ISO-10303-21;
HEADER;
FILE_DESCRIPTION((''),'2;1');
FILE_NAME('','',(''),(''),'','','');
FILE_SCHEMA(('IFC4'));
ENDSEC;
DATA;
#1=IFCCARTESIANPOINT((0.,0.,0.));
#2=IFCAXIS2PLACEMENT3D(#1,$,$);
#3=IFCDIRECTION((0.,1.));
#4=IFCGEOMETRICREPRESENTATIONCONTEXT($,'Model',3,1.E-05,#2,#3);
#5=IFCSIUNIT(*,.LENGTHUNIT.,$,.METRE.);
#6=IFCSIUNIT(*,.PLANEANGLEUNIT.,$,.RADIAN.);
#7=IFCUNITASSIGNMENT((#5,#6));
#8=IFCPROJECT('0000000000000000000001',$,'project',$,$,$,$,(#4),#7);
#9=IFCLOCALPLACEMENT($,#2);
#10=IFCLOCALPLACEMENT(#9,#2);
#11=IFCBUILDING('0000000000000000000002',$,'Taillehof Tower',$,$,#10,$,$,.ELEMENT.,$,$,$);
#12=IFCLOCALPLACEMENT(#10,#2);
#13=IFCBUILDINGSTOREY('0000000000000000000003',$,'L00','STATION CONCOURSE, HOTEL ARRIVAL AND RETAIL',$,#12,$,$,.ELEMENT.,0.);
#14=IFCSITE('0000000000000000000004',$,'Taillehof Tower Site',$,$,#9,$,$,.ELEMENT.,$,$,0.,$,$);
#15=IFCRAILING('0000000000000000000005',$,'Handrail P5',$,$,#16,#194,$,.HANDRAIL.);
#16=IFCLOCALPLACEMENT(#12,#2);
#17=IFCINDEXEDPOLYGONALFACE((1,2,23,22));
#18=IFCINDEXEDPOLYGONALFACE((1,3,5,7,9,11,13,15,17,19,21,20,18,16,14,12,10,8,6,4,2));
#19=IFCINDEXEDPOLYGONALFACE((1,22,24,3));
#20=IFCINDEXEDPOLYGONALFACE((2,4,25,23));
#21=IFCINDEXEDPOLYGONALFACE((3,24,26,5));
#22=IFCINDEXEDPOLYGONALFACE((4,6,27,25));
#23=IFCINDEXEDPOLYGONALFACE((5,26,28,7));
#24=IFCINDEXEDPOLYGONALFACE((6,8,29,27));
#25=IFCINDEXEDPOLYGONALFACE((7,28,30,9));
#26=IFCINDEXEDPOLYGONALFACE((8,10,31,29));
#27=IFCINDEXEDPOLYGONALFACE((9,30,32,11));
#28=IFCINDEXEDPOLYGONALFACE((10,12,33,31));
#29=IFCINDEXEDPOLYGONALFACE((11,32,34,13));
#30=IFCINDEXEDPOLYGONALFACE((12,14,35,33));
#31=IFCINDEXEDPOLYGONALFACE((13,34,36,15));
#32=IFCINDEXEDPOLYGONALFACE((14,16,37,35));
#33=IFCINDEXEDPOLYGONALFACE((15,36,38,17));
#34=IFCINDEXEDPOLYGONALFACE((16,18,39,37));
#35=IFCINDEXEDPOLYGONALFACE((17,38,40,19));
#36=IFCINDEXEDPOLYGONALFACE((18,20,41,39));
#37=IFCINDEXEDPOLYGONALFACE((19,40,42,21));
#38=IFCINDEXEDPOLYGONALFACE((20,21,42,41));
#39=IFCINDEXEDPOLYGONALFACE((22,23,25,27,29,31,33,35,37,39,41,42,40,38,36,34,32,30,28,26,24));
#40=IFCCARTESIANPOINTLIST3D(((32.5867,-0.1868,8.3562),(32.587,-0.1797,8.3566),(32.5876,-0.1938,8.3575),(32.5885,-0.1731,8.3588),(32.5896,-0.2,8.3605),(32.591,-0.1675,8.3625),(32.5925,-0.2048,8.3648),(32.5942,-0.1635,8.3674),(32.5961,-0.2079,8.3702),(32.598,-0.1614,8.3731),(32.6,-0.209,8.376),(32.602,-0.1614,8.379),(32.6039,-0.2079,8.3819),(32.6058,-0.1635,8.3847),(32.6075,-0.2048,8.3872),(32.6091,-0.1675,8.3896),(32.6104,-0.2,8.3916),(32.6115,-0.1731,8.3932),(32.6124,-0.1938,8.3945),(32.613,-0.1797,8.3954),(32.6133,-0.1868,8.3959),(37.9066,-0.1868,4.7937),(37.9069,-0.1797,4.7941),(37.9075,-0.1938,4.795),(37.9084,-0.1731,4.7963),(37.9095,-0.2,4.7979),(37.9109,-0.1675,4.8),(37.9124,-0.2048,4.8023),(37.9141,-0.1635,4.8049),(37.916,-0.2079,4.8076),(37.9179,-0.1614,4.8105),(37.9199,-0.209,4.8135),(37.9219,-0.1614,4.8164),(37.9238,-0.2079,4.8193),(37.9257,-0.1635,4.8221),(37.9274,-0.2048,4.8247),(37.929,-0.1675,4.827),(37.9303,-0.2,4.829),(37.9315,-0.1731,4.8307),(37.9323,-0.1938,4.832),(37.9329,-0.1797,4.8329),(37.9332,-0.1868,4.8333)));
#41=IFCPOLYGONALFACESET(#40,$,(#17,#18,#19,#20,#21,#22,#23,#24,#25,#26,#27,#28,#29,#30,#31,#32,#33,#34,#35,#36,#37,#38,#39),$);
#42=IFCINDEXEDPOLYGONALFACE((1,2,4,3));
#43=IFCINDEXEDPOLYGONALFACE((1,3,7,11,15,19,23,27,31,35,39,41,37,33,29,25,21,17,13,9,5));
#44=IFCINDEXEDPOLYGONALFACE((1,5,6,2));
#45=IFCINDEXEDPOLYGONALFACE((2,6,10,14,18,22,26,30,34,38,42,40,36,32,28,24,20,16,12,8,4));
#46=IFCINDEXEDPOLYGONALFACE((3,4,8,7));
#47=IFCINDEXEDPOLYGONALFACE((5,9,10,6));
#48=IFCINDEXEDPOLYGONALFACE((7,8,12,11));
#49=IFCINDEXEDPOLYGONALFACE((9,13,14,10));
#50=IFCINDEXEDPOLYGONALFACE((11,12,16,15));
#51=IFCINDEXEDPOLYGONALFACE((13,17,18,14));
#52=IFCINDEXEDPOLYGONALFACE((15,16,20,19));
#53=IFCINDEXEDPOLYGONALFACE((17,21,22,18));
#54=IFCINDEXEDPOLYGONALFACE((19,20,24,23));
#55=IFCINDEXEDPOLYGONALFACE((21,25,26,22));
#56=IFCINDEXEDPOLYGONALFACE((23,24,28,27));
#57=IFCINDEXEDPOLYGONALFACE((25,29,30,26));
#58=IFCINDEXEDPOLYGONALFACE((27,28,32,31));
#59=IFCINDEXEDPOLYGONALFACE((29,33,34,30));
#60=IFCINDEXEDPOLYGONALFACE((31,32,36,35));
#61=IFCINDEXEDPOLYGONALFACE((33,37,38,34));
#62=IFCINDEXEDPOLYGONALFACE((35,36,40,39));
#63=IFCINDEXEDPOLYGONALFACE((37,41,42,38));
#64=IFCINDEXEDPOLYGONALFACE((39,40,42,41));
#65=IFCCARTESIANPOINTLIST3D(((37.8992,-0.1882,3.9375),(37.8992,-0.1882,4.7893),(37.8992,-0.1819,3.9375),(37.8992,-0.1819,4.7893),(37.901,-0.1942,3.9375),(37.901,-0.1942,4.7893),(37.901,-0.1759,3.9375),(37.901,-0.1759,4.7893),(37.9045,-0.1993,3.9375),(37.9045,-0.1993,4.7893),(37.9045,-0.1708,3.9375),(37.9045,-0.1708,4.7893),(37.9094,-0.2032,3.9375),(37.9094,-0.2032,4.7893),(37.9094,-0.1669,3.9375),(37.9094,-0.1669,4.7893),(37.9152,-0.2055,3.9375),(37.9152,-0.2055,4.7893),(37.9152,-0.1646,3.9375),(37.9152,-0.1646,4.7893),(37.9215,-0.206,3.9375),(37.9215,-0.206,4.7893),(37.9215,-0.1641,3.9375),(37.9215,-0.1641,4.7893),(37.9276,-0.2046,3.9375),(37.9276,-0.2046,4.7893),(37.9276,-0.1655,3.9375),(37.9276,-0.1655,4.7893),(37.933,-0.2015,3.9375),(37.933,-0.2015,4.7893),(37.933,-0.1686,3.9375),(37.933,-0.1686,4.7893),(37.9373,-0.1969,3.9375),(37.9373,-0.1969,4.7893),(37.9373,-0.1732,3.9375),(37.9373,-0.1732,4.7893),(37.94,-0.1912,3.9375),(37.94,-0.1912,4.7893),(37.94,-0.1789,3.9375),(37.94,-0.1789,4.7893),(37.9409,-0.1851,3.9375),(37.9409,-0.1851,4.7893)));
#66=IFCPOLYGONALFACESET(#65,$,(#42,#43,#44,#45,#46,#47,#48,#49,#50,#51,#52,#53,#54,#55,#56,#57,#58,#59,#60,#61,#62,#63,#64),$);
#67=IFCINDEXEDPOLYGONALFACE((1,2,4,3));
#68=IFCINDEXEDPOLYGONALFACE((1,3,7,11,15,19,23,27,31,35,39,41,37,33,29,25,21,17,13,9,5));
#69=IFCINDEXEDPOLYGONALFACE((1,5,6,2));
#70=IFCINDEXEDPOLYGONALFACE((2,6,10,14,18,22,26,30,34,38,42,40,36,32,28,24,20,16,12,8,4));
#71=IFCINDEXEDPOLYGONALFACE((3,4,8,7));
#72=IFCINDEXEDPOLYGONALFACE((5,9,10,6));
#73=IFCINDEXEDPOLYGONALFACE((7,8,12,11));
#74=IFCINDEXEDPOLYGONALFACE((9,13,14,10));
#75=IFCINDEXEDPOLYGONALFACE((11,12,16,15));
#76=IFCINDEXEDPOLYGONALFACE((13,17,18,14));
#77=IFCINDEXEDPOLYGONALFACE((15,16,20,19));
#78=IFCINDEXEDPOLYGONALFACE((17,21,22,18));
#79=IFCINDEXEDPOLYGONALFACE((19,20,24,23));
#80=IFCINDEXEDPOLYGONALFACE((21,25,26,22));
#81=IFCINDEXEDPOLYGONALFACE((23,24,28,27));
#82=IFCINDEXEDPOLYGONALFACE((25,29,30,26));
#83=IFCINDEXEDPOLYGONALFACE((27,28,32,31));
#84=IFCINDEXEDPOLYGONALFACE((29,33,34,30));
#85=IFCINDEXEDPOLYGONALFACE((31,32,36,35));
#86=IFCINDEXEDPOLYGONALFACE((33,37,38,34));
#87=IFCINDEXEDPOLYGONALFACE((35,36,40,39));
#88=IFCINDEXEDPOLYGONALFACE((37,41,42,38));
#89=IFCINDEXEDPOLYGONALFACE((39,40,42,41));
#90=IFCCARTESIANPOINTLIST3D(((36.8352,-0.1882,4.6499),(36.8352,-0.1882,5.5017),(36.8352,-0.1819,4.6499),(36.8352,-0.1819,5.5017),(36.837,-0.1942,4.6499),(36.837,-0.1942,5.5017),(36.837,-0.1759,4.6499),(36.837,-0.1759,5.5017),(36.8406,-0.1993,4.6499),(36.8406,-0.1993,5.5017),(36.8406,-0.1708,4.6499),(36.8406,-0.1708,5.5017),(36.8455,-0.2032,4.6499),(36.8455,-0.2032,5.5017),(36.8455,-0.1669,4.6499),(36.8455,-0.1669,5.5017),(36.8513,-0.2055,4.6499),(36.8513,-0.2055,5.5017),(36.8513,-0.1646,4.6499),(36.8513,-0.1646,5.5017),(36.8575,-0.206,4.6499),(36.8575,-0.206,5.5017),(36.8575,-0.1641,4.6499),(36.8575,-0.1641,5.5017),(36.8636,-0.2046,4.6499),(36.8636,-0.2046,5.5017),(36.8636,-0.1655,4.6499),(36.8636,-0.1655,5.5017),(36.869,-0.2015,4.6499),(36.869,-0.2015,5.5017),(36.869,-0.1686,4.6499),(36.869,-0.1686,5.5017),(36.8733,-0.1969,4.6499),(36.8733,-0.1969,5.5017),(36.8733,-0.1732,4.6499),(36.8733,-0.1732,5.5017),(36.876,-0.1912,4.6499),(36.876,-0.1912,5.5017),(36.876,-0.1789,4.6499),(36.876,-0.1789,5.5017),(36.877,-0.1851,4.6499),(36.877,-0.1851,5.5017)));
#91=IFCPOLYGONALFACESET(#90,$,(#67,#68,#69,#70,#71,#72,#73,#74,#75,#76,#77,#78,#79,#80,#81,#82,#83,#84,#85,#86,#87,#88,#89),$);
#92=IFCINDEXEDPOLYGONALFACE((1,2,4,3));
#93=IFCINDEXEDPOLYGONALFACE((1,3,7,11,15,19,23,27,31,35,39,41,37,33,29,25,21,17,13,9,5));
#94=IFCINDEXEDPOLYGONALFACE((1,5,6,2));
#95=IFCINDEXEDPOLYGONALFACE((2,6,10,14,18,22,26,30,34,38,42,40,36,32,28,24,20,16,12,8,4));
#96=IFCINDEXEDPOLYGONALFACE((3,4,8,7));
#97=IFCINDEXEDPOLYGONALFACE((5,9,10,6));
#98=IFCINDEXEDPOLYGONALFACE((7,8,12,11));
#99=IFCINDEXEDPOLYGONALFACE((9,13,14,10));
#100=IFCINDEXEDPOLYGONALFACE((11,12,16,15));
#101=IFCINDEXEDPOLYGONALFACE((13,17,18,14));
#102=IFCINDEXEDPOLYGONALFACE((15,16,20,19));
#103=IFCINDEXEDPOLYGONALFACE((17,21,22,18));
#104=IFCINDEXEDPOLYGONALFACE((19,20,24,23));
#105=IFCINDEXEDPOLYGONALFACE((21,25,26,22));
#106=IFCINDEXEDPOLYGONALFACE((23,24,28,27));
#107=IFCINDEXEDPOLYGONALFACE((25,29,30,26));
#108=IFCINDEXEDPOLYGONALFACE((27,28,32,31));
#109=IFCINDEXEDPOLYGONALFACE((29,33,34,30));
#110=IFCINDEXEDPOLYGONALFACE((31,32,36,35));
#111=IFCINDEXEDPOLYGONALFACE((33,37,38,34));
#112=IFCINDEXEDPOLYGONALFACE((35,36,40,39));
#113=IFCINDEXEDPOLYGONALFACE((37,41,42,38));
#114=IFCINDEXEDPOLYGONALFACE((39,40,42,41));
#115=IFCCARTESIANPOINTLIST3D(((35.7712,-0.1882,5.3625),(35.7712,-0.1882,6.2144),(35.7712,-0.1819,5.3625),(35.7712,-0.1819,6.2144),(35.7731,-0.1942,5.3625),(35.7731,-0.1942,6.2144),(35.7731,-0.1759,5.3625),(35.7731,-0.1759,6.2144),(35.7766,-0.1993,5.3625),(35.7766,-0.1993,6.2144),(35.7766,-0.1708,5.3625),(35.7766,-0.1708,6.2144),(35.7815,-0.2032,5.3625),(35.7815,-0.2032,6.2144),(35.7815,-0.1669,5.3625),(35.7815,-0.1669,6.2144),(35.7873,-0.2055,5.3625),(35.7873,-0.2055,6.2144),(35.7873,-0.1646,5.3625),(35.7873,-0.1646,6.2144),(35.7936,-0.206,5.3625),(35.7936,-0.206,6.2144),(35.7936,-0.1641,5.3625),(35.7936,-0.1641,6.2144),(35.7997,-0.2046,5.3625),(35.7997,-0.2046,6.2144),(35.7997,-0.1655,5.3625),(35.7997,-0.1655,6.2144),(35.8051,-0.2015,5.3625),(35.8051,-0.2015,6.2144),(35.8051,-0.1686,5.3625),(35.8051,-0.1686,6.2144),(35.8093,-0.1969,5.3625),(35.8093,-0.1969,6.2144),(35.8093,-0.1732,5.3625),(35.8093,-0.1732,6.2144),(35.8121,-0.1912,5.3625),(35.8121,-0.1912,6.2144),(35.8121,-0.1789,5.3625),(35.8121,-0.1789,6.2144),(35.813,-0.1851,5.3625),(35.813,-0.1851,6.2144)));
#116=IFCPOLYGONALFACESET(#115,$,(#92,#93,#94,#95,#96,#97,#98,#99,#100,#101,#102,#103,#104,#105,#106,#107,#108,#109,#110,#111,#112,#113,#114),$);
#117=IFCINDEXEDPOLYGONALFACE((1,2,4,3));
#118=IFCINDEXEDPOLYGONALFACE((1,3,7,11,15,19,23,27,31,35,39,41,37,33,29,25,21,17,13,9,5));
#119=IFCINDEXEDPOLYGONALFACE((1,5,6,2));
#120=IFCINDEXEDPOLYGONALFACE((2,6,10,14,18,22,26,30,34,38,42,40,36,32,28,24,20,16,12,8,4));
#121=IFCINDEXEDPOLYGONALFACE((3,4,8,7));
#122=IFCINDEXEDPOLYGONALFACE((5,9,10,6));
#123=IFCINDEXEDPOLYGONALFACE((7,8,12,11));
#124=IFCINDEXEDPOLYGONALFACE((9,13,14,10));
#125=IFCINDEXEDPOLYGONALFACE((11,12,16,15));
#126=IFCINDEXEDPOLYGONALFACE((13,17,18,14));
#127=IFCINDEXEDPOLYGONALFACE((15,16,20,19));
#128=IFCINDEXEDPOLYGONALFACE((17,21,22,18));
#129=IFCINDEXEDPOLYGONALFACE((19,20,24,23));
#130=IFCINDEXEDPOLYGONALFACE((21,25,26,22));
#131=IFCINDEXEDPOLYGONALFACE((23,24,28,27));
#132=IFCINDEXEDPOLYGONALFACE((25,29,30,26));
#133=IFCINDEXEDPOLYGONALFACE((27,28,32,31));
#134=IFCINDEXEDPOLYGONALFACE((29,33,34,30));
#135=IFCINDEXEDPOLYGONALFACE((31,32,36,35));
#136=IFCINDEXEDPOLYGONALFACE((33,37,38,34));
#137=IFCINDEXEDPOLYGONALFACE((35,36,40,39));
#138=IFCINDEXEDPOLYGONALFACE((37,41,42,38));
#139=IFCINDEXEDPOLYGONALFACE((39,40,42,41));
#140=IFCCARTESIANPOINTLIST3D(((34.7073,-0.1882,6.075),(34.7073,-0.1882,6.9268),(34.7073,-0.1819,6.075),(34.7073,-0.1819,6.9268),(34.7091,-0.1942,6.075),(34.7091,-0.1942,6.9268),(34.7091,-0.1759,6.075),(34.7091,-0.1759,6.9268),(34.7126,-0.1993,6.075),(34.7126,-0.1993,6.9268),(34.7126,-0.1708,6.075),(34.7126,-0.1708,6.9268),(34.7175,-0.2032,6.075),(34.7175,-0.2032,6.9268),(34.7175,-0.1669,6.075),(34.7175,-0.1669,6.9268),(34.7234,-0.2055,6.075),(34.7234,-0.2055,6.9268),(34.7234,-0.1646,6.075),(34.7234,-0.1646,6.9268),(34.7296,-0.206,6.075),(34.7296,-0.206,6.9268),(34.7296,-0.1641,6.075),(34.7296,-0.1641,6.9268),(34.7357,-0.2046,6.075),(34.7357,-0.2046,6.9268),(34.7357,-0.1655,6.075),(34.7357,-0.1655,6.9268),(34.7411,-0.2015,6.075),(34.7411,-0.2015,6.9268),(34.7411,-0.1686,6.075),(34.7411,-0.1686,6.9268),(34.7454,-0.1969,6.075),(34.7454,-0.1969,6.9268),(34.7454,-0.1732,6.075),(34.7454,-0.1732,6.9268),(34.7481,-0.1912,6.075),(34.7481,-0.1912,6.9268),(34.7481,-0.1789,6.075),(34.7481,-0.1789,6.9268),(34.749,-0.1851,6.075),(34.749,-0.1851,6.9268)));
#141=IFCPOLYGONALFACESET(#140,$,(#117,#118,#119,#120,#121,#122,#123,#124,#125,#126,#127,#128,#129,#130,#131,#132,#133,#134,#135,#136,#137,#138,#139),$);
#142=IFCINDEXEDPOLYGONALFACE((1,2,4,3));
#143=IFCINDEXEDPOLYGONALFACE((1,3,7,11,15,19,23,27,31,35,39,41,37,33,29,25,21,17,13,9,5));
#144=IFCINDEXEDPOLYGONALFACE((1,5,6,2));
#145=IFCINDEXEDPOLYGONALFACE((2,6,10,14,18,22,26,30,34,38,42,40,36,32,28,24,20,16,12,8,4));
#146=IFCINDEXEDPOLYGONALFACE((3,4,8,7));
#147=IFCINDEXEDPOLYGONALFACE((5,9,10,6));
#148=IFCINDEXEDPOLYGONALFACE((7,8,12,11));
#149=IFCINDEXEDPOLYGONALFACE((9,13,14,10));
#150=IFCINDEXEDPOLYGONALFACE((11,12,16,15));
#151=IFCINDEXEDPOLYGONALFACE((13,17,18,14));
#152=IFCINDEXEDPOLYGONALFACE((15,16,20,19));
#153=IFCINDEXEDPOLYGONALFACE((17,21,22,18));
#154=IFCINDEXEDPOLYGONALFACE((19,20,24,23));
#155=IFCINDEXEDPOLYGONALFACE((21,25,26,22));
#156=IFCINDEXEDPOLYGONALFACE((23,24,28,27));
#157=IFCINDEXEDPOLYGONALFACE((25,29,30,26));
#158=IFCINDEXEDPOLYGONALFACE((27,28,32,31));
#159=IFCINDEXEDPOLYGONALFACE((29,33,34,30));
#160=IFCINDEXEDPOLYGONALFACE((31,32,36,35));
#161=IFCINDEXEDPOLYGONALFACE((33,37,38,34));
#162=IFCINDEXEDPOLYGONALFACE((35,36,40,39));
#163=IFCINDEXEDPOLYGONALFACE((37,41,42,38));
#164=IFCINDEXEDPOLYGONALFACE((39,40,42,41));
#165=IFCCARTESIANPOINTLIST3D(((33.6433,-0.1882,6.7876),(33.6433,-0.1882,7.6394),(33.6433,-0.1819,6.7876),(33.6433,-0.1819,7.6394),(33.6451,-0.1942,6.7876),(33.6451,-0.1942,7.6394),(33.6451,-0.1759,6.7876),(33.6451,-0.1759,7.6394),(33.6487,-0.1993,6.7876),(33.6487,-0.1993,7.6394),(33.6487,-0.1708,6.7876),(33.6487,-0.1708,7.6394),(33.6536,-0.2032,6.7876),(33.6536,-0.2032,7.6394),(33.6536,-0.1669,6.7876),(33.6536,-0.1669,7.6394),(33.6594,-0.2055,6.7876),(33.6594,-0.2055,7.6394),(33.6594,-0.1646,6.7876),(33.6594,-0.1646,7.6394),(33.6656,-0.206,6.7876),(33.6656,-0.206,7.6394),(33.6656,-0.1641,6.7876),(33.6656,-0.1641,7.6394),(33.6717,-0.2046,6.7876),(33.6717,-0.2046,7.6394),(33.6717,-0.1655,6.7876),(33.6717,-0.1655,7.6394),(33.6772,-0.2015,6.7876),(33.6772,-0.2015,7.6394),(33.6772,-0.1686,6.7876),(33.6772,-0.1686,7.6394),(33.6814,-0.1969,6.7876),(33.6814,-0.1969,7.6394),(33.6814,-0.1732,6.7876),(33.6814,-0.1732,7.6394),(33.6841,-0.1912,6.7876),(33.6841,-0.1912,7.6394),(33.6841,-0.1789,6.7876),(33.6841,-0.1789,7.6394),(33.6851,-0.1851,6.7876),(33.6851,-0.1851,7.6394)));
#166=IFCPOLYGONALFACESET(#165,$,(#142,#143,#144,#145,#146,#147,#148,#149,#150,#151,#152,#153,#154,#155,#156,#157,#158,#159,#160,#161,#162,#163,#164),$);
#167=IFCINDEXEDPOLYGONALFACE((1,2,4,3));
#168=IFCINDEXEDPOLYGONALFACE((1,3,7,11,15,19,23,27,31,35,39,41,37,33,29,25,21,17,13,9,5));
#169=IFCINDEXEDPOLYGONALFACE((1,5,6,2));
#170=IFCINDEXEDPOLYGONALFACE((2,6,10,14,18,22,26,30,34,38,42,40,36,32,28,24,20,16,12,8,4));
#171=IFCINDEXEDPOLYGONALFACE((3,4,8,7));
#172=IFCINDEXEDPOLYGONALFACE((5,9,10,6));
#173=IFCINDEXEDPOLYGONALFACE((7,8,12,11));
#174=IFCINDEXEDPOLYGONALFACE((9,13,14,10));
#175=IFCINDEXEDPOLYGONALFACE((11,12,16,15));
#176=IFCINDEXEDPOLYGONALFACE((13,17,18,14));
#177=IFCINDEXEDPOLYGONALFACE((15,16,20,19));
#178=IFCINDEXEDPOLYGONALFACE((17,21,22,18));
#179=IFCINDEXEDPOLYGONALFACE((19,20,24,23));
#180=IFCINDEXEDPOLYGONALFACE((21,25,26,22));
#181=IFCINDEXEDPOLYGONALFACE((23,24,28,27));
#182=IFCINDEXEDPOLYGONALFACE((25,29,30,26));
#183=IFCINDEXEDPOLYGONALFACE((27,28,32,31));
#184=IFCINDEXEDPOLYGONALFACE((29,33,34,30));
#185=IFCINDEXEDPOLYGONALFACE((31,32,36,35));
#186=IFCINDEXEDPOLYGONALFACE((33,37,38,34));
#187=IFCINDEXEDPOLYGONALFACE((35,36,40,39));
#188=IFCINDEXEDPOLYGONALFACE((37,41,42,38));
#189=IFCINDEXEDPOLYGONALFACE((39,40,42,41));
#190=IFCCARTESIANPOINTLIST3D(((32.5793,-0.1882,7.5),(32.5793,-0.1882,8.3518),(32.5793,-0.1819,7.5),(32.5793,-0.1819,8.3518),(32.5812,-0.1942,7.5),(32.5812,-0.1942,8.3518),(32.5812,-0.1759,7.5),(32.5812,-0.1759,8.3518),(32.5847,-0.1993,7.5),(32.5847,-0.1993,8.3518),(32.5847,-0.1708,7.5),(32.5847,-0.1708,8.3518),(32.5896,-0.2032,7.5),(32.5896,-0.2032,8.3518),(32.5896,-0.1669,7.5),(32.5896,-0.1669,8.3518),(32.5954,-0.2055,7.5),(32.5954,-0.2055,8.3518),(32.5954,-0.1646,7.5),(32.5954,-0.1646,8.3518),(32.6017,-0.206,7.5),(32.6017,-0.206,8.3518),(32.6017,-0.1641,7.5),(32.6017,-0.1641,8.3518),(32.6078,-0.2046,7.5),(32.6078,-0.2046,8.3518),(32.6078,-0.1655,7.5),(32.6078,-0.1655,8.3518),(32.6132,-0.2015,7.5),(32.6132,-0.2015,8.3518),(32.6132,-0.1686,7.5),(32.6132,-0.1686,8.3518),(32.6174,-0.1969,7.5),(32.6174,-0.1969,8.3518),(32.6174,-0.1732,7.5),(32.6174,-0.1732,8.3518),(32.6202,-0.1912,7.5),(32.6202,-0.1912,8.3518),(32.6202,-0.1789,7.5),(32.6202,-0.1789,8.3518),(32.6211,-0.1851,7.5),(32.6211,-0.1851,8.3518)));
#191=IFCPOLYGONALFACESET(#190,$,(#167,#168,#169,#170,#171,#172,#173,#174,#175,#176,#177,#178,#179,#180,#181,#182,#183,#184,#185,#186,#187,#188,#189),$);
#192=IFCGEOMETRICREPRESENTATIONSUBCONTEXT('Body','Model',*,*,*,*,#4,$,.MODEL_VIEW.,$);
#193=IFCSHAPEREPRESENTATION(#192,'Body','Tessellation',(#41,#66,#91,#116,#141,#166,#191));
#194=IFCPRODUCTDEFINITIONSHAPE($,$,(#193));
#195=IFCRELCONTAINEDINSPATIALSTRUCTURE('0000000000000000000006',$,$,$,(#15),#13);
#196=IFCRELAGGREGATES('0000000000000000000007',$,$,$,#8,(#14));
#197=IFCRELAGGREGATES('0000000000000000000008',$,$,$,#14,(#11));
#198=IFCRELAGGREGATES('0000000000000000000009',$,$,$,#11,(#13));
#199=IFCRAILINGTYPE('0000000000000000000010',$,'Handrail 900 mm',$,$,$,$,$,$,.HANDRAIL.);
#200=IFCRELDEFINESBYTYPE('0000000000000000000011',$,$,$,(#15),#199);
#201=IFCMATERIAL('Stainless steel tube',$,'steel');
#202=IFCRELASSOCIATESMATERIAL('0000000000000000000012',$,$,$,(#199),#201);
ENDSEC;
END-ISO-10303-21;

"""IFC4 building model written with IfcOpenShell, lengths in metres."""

from ifc_helpers import new_model, si_unit, direction, frame, origin, origin_2d, place, context, subcontext, project, spatial, circle, extrude, material, type_object, element, save


model = new_model("IFC4")

# Units and contexts
model_context = context("Model", 3, precision=1e-05, world=origin(), true_north=direction((0.0, 1.0)))
body_context = subcontext(model_context, "Body", "Model", "MODEL_VIEW")
ifc_project = project(units=[si_unit("LENGTHUNIT", "METRE"), si_unit("PLANEANGLEUNIT", "RADIAN")], contexts=[model_context])

# Site, building, storey
site_placement = place(None, origin())
site = spatial("IfcSite", under=ifc_project, at=site_placement, Name="Taillehof Tower Site", CompositionType="ELEMENT", RefElevation=0.0)
building_placement = place(site_placement, origin())
building = spatial("IfcBuilding", under=site, at=building_placement, Name="Taillehof Tower", CompositionType="ELEMENT")
storey_placement = place(building_placement, origin())
storey = spatial("IfcBuildingStorey", under=building, at=storey_placement, Name="L00", Description="STATION CONCOURSE, HOTEL ARRIVAL AND RETAIL", CompositionType="ELEMENT", Elevation=0.0)

# Railing
ifc_material_1 = material(Name="Stainless steel tube", Category="steel")
railing_type = type_object("IfcRailingType", Name="Handrail 900 mm", PredefinedType="HANDRAIL", material=ifc_material_1)
for number, where, name in (
    (1, (37.9199, -0.1851, 3.9375), "Handrail P5"),
):
    element("IfcRailing", number, at=place(storey_placement, frame(where)), inside=storey, type_object=railing_type, Name=name, PredefinedType="HANDRAIL", context=body_context, shape_type="SweptSolid", body=[
        extrude(circle(Radius=0.0239, at=origin_2d()), frame((0.0, 0.0, 0.876), z_axis=(-0.830899, 0.0, 0.556424), x_axis=(0.0, -1.0, 0.0)), (0.0, 0.0, 1.0), 6.4026),
        extrude(circle(Radius=0.021, at=origin_2d()), origin(), (0.0, 0.0, 1.0), 0.8518),
        extrude(circle(Radius=0.021, at=origin_2d()), frame((-1.064, 0.0, 0.7124)), (0.0, 0.0, 1.0), 0.8518),
        extrude(circle(Radius=0.021, at=origin_2d()), frame((-2.1279, 0.0, 1.425)), (0.0, 0.0, 1.0), 0.8518),
        extrude(circle(Radius=0.021, at=origin_2d()), frame((-3.1919, 0.0, 2.1375)), (0.0, 0.0, 1.0), 0.8518),
        extrude(circle(Radius=0.021, at=origin_2d()), frame((-4.2559, 0.0, 2.8501)), (0.0, 0.0, 1.0), 0.8518),
        extrude(circle(Radius=0.021, at=origin_2d()), frame((-5.3198, 0.0, 3.5625)), (0.0, 0.0, 1.0), 0.8518),
    ])

save(model, "model.ifc")
